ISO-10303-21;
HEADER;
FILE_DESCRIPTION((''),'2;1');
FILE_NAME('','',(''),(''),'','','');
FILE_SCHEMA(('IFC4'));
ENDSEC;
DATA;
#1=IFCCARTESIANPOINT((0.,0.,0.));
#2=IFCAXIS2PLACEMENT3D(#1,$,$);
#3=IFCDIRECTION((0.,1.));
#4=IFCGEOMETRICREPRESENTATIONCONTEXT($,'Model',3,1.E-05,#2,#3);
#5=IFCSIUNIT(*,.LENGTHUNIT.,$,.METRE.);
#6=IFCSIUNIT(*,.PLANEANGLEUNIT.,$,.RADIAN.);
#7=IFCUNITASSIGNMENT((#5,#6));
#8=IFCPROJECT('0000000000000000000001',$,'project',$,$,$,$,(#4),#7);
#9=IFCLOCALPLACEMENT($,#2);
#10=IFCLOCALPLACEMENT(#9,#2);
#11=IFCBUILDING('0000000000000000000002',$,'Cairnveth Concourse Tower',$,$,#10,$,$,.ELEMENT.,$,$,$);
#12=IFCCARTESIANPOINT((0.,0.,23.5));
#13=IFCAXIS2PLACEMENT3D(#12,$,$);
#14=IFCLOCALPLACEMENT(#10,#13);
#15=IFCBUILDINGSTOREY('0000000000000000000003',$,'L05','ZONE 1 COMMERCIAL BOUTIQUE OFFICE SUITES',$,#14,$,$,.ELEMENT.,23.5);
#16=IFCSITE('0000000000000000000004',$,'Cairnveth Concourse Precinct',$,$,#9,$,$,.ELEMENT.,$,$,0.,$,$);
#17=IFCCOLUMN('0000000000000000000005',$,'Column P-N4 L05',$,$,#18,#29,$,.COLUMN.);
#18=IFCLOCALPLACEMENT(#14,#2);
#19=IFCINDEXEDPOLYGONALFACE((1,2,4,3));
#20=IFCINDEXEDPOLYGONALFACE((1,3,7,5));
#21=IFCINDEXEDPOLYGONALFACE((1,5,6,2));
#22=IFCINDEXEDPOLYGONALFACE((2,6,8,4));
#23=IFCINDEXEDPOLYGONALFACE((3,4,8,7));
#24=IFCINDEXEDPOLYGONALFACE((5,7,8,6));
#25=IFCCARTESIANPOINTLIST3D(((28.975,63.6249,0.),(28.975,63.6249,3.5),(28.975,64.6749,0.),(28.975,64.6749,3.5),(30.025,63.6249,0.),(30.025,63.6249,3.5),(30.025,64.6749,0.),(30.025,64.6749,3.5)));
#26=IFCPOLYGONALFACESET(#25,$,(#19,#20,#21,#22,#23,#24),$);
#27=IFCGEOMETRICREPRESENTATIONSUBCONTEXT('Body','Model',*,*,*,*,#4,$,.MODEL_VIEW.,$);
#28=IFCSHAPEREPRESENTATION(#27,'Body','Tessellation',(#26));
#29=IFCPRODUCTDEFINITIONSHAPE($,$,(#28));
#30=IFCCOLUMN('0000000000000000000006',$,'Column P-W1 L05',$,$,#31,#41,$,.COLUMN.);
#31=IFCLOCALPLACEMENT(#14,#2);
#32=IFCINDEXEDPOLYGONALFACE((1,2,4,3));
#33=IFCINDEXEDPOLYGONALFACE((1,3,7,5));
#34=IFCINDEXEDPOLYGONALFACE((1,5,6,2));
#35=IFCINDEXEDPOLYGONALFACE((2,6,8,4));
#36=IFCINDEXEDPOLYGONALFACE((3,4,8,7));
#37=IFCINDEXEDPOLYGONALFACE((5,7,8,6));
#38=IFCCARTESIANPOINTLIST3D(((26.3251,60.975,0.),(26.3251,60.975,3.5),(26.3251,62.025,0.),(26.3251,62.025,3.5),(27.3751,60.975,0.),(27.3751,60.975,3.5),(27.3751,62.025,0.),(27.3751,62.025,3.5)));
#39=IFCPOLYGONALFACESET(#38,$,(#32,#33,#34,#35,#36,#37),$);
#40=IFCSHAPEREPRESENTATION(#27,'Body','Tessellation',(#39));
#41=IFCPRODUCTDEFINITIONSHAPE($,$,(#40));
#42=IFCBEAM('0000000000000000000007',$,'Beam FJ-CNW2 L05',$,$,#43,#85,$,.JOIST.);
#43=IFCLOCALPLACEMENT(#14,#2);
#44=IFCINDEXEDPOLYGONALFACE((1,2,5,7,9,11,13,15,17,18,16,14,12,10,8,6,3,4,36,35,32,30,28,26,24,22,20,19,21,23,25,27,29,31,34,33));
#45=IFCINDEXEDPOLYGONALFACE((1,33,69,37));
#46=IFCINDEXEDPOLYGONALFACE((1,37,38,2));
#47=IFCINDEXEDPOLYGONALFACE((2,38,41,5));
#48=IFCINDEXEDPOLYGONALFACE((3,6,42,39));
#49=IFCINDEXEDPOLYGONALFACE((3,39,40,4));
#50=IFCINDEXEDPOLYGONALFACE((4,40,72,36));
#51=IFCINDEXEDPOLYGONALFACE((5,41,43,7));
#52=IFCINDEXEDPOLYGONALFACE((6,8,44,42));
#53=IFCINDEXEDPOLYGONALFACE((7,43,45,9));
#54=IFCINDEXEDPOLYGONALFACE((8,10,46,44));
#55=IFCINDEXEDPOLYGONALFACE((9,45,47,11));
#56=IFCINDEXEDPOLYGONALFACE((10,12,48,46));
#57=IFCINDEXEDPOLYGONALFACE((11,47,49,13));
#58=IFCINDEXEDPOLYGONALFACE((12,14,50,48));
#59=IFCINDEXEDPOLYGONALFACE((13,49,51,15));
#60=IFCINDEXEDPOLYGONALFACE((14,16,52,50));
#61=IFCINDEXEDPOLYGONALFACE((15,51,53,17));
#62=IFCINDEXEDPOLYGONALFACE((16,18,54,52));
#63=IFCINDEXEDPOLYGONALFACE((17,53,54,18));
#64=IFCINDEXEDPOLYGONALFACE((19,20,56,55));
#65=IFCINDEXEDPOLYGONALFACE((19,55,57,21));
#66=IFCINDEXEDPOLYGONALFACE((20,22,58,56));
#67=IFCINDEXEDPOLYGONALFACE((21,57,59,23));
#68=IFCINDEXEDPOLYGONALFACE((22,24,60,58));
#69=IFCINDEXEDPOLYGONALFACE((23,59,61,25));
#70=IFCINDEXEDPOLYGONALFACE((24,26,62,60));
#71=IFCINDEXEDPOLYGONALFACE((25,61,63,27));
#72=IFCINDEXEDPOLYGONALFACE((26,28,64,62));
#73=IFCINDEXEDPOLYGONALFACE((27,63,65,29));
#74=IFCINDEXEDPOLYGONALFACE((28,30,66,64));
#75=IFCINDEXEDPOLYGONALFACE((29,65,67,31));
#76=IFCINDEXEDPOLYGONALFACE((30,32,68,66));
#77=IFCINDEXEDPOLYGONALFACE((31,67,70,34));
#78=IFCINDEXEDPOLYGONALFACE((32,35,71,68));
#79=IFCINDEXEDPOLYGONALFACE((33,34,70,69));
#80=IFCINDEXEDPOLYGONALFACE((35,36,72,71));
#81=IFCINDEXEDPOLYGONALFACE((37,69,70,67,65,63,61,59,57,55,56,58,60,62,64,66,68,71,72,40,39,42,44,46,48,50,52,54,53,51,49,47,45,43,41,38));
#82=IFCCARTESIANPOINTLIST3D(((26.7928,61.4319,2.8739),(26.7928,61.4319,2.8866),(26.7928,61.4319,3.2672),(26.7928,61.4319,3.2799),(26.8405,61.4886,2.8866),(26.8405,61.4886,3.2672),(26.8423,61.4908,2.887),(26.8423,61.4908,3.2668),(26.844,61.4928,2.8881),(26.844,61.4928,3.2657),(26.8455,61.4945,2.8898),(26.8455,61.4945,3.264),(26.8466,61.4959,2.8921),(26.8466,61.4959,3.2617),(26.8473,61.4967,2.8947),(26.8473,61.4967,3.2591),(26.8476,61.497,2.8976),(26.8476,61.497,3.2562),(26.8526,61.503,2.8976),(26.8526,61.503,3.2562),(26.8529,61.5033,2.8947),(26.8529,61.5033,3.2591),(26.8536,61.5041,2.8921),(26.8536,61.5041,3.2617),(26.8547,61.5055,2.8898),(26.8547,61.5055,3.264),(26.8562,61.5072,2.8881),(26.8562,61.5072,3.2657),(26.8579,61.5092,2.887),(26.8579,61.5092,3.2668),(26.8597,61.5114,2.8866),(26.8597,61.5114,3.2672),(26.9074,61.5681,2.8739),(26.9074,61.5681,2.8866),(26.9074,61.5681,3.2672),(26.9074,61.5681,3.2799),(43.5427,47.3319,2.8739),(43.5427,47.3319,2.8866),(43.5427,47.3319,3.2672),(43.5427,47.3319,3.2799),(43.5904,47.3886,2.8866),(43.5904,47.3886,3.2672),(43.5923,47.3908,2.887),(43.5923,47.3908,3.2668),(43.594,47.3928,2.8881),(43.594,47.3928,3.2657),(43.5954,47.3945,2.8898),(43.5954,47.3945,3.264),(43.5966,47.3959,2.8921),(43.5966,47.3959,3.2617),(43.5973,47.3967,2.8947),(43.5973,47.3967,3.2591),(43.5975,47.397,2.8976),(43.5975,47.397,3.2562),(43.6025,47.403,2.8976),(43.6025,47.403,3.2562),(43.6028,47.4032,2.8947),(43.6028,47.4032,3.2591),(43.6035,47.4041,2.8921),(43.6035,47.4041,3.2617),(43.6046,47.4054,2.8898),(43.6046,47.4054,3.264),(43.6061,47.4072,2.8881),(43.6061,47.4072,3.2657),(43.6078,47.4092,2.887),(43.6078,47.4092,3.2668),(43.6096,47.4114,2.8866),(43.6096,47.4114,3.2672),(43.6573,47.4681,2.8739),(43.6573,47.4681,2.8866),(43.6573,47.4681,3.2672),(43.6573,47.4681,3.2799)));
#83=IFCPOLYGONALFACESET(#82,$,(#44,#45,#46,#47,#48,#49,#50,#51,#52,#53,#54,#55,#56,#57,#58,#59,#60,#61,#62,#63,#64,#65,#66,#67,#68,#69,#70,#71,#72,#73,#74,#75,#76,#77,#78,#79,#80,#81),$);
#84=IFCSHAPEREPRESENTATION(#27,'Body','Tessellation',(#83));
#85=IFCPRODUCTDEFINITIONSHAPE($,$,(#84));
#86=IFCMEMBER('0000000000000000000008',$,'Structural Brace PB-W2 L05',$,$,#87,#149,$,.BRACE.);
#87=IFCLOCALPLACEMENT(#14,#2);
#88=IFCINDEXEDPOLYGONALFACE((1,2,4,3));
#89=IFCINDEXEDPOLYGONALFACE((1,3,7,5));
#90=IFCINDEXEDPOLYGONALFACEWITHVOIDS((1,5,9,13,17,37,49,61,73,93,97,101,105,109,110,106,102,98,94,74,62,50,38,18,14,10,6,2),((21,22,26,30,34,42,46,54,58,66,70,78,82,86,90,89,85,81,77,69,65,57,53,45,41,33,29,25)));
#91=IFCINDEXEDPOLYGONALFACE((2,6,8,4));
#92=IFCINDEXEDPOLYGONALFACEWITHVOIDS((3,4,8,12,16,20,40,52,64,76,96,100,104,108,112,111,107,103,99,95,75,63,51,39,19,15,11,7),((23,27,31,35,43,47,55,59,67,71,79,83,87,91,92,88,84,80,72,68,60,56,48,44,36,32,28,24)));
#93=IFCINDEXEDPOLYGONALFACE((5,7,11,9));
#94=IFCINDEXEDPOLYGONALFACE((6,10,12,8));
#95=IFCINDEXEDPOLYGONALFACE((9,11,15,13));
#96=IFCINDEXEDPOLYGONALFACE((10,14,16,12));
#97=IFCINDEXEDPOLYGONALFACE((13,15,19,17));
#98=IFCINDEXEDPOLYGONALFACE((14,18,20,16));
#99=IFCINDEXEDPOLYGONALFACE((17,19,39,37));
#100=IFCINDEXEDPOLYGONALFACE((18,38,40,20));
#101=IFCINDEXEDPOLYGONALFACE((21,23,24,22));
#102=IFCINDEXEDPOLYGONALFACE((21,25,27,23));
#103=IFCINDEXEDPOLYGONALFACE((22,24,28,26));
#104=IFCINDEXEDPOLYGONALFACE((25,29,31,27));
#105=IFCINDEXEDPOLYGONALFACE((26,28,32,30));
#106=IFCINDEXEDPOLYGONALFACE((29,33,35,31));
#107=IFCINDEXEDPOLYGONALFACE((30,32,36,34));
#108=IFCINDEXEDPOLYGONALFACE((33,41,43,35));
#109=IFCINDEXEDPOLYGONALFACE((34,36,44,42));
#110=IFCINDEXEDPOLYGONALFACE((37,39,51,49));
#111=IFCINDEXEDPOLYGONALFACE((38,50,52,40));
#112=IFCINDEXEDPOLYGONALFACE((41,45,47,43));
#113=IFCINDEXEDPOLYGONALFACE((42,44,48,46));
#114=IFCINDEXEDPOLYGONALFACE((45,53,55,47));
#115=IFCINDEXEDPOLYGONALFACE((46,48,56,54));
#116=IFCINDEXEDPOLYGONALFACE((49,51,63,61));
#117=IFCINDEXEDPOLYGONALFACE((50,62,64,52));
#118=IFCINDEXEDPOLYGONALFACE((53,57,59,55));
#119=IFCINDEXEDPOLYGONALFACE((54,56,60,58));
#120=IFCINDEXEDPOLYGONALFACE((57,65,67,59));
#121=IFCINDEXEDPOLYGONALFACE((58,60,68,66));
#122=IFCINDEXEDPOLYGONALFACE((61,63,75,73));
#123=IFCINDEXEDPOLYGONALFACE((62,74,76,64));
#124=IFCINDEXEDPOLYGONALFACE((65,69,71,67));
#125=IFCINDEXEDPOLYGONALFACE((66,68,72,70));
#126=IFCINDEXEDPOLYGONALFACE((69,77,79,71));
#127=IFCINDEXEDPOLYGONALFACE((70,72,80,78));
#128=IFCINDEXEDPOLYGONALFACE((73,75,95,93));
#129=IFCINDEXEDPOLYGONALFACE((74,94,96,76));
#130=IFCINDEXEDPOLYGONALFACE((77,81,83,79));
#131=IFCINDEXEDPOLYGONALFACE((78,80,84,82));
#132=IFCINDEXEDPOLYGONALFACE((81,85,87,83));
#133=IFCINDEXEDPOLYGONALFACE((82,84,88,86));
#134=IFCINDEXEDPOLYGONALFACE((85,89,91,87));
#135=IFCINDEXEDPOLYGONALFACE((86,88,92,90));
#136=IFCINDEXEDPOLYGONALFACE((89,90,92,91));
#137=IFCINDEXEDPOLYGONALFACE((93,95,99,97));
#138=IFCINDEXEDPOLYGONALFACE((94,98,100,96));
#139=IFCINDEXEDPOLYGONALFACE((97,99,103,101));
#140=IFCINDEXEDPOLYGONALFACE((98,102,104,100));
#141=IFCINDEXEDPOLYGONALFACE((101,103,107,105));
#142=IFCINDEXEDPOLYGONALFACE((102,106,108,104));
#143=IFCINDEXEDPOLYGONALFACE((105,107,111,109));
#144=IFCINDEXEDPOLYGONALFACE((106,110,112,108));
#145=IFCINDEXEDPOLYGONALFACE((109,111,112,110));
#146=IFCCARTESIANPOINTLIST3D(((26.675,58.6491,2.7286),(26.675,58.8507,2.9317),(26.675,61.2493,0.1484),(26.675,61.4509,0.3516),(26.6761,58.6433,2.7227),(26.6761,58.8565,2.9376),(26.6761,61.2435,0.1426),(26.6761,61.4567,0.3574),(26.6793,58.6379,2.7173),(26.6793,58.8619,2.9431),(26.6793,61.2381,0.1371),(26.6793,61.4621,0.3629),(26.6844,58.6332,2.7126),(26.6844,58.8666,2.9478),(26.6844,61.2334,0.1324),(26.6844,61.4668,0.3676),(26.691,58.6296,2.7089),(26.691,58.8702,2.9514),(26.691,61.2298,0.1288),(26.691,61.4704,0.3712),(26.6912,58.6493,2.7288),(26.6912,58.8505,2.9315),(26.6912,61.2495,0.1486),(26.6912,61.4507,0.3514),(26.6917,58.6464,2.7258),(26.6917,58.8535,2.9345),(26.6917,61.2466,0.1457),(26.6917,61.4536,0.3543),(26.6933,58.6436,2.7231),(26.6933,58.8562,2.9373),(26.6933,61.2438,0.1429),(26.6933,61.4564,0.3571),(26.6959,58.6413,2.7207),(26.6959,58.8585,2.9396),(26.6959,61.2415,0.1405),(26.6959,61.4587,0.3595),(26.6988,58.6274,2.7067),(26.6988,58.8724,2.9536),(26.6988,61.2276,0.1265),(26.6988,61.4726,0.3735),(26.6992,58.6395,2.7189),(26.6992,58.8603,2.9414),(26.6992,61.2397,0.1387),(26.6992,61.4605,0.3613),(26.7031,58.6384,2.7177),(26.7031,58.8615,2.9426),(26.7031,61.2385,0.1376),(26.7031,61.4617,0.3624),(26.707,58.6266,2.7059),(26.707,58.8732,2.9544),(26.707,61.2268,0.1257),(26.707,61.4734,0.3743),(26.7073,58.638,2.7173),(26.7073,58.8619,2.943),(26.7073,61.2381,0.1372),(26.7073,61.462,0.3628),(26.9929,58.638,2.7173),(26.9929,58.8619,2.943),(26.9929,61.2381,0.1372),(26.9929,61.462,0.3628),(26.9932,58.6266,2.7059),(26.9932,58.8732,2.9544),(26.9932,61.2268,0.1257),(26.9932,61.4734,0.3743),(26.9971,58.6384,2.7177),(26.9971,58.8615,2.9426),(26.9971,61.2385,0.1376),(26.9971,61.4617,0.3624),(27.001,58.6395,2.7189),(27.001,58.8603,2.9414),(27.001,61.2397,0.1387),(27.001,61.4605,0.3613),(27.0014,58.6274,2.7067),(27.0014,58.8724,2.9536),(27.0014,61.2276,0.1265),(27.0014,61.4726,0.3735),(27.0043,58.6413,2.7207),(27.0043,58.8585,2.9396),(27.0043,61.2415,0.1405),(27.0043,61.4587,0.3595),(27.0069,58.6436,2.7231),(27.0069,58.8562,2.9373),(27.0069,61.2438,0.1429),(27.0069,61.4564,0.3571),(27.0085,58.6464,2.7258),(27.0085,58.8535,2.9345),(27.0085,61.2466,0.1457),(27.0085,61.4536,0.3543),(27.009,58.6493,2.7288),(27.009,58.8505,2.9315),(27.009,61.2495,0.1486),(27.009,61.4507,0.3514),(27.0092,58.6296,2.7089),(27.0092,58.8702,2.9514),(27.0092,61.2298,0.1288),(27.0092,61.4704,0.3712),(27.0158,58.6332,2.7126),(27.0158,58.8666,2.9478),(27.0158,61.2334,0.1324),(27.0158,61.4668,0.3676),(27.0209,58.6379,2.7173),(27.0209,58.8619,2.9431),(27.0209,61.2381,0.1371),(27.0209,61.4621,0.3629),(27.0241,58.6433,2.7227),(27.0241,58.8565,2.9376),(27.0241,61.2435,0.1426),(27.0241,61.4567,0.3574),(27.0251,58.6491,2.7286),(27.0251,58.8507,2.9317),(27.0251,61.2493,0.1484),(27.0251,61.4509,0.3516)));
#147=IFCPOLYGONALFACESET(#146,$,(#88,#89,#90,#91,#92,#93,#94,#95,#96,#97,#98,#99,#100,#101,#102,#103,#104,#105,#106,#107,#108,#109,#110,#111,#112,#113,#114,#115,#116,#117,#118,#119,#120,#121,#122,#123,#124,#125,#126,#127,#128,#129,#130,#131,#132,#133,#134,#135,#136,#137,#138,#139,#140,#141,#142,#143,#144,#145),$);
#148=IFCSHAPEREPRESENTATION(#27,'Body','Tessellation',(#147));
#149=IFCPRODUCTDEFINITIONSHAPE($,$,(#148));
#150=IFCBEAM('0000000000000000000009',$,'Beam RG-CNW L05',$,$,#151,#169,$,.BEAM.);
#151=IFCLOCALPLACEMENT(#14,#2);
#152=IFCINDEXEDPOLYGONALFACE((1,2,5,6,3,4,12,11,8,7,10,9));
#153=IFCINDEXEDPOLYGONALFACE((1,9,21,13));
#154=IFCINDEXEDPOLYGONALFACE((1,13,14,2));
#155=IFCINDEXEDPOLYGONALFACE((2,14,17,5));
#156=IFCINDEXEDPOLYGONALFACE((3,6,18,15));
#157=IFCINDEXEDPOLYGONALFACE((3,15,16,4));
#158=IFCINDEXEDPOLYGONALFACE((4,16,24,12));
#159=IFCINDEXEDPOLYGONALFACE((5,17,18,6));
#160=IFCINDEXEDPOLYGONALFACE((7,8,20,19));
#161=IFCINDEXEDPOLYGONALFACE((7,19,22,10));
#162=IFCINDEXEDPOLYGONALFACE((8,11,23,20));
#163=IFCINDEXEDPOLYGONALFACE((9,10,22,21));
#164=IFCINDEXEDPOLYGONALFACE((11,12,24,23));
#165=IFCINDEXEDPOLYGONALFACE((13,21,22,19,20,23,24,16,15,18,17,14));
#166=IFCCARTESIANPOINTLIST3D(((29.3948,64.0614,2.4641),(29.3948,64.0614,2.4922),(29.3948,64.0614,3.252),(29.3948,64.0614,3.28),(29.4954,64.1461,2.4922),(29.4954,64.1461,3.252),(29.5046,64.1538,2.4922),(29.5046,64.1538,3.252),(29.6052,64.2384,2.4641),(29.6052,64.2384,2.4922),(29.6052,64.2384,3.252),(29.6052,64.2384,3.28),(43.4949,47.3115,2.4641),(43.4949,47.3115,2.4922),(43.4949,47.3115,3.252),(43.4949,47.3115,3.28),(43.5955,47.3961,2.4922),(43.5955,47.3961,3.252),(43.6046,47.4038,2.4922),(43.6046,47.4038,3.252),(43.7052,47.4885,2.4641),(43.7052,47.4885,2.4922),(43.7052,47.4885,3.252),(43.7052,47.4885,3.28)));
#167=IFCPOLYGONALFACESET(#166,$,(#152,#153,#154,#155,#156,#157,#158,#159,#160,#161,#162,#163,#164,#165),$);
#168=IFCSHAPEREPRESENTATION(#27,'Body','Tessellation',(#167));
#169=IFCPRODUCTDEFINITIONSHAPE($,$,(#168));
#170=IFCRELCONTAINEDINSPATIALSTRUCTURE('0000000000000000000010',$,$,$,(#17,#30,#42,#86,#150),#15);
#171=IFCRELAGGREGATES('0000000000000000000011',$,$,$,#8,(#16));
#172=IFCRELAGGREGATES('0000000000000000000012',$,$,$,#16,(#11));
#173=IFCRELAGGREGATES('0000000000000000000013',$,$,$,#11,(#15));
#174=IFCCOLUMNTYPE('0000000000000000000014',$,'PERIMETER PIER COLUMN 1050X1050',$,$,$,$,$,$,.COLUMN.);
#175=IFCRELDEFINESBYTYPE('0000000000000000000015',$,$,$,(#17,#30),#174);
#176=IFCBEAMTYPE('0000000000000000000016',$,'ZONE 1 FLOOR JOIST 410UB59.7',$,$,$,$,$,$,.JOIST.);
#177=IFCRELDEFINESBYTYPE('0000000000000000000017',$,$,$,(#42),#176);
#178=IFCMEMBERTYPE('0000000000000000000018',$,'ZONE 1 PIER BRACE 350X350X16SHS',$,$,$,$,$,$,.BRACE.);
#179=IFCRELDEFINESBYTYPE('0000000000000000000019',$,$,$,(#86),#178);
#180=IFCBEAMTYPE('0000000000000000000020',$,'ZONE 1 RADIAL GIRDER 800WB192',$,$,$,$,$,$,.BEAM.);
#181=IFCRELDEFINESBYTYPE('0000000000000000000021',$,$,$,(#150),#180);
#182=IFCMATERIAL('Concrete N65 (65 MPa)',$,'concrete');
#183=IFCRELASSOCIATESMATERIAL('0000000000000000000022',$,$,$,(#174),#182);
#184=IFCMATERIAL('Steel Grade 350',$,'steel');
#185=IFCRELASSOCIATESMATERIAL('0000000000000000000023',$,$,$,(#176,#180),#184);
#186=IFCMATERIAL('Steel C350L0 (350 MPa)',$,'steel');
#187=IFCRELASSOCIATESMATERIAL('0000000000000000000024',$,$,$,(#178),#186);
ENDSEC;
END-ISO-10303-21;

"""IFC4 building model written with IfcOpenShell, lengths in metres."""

from ifc_helpers import new_model, si_unit, direction, frame, origin, origin_2d, place, context, subcontext, project, spatial, rectangle, hollow_rectangle, i_section, extrude, material, material_profile, profile_set, type_object, element, save


model = new_model("IFC4")

# Units and contexts
model_context = context("Model", 3, precision=1e-05, world=origin(), true_north=direction((0.0, 1.0)))
body_context = subcontext(model_context, "Body", "Model", "MODEL_VIEW")
ifc_project = project(units=[si_unit("LENGTHUNIT", "METRE"), si_unit("PLANEANGLEUNIT", "RADIAN")], contexts=[model_context])

# Site, building, storey
site_placement = place(None, origin())
site = spatial("IfcSite", under=ifc_project, at=site_placement, Name="Cairnveth Concourse Precinct", CompositionType="ELEMENT", RefElevation=0.0)
building_placement = place(site_placement, origin())
building = spatial("IfcBuilding", under=site, at=building_placement, Name="Cairnveth Concourse Tower", CompositionType="ELEMENT")
storey_placement = place(building_placement, frame((0.0, 0.0, 23.5)))
storey = spatial("IfcBuildingStorey", under=building, at=storey_placement, Name="L05", Description="ZONE 1 COMMERCIAL BOUTIQUE OFFICE SUITES", CompositionType="ELEMENT", Elevation=23.5)

# Columns
ifc_material_1 = material(Name="Concrete N65 (65 MPa)", Category="concrete")
ifc_material_profile_1 = material_profile(ifc_material_1, rectangle(XDim=1.05, YDim=1.05, at=origin_2d()), Name="RC-COL-1050x1050")
ifc_profile_set_1 = profile_set([ifc_material_profile_1], Name="Concrete N65 (65 MPa)")
column_type = type_object("IfcColumnType", Name="PERIMETER PIER COLUMN 1050X1050", PredefinedType="COLUMN", material=ifc_profile_set_1)
for number, where, z_axis, x_axis, name in (
    (1, (29.5, 64.1499, 0.0), (0.0, 0.0, 1.0), (1.0, 0.0, 0.0), "Column P-N4 L05"),
    (2, (26.8501, 61.5, 0.0), (0.0, 0.0, 1.0), (0.0, 1.0, 0.0), "Column P-W1 L05"),
):
    element("IfcColumn", number, at=place(storey_placement, frame(where, z_axis=z_axis, x_axis=x_axis)), inside=storey, type_object=column_type, Name=name, PredefinedType="COLUMN", context=body_context, shape_type="SweptSolid", body=[
        extrude(rectangle(XDim=1.05, YDim=1.05, at=origin_2d()), origin(), (0.0, 0.0, 1.0), 3.5),
    ])

# Beam
ifc_material_2 = material(Name="Steel Grade 350", Category="steel")
ifc_material_profile_2 = material_profile(ifc_material_2, i_section(OverallWidth=0.178, OverallDepth=0.406, WebThickness=0.0078, FlangeThickness=0.0127, FilletRadius=0.011, at=origin_2d()), Name="410UB59.7")
ifc_profile_set_2 = profile_set([ifc_material_profile_2], Name="Steel Grade 350")
beam_type_1 = type_object("IfcBeamType", Name="ZONE 1 FLOOR JOIST 410UB59.7", PredefinedType="JOIST", material=ifc_profile_set_2)
beam_1_placement = place(storey_placement, frame((26.8501, 61.5, 3.0769), z_axis=(0.765027, -0.643998, 0.0), x_axis=(0.643998, 0.765027, 0.0)))
element("IfcBeam", 3, at=beam_1_placement, inside=storey, type_object=beam_type_1, Name="Beam FJ-CNW2 L05", PredefinedType="JOIST", context=body_context, shape_type="SweptSolid", body=[
    extrude(i_section(OverallWidth=0.178, OverallDepth=0.406, WebThickness=0.0078, FlangeThickness=0.0127, FilletRadius=0.011, at=origin_2d()), origin(), (0.0, 0.0, 1.0), 21.8945),
])

# Member
ifc_material_3 = material(Name="Steel C350L0 (350 MPa)", Category="steel")
ifc_material_profile_3 = material_profile(ifc_material_3, hollow_rectangle(XDim=0.3501, YDim=0.3501, WallThickness=0.0161, InnerFilletRadius=0.0161, OuterFilletRadius=0.032, at=origin_2d()), Name="350x350x16.0SHS")
ifc_profile_set_3 = profile_set([ifc_material_profile_3], Name="Steel C350L0 (350 MPa)")
member_type = type_object("IfcMemberType", Name="ZONE 1 PIER BRACE 350X350X16SHS", PredefinedType="BRACE", material=ifc_profile_set_3)
member_placement = place(storey_placement, frame((26.8501, 61.3501, 0.25), z_axis=(0.0, -0.709834, 0.704369), x_axis=(1.0, 0.0, 0.0)))
element("IfcMember", 4, at=member_placement, inside=storey, type_object=member_type, Name="Structural Brace PB-W2 L05", PredefinedType="BRACE", context=body_context, shape_type="SweptSolid", body=[
    extrude(hollow_rectangle(XDim=0.3501, YDim=0.3501, WallThickness=0.0161, InnerFilletRadius=0.0161, OuterFilletRadius=0.032, at=origin_2d()), origin(), (0.0, 0.0, 1.0), 3.6631),
])

# Beam
ifc_material_profile_4 = material_profile(ifc_material_2, i_section(OverallWidth=0.2749, OverallDepth=0.8159, WebThickness=0.012, FlangeThickness=0.0281, at=origin_2d()), Name="800WB192")
ifc_profile_set_4 = profile_set([ifc_material_profile_4], Name="Steel Grade 350")
beam_type_2 = type_object("IfcBeamType", Name="ZONE 1 RADIAL GIRDER 800WB192", PredefinedType="BEAM", material=ifc_profile_set_4)
beam_2_placement = place(storey_placement, frame((29.5, 64.1499, 2.8721), z_axis=(0.643998, -0.765027, 0.0), x_axis=(0.765027, 0.643998, 0.0)))
element("IfcBeam", 5, at=beam_2_placement, inside=storey, type_object=beam_type_2, Name="Beam RG-CNW L05", PredefinedType="BEAM", context=body_context, shape_type="SweptSolid", body=[
    extrude(i_section(OverallWidth=0.2749, OverallDepth=0.8159, WebThickness=0.012, FlangeThickness=0.0281, at=origin_2d()), origin(), (0.0, 0.0, 1.0), 21.8945),
])

save(model, "model.ifc")
